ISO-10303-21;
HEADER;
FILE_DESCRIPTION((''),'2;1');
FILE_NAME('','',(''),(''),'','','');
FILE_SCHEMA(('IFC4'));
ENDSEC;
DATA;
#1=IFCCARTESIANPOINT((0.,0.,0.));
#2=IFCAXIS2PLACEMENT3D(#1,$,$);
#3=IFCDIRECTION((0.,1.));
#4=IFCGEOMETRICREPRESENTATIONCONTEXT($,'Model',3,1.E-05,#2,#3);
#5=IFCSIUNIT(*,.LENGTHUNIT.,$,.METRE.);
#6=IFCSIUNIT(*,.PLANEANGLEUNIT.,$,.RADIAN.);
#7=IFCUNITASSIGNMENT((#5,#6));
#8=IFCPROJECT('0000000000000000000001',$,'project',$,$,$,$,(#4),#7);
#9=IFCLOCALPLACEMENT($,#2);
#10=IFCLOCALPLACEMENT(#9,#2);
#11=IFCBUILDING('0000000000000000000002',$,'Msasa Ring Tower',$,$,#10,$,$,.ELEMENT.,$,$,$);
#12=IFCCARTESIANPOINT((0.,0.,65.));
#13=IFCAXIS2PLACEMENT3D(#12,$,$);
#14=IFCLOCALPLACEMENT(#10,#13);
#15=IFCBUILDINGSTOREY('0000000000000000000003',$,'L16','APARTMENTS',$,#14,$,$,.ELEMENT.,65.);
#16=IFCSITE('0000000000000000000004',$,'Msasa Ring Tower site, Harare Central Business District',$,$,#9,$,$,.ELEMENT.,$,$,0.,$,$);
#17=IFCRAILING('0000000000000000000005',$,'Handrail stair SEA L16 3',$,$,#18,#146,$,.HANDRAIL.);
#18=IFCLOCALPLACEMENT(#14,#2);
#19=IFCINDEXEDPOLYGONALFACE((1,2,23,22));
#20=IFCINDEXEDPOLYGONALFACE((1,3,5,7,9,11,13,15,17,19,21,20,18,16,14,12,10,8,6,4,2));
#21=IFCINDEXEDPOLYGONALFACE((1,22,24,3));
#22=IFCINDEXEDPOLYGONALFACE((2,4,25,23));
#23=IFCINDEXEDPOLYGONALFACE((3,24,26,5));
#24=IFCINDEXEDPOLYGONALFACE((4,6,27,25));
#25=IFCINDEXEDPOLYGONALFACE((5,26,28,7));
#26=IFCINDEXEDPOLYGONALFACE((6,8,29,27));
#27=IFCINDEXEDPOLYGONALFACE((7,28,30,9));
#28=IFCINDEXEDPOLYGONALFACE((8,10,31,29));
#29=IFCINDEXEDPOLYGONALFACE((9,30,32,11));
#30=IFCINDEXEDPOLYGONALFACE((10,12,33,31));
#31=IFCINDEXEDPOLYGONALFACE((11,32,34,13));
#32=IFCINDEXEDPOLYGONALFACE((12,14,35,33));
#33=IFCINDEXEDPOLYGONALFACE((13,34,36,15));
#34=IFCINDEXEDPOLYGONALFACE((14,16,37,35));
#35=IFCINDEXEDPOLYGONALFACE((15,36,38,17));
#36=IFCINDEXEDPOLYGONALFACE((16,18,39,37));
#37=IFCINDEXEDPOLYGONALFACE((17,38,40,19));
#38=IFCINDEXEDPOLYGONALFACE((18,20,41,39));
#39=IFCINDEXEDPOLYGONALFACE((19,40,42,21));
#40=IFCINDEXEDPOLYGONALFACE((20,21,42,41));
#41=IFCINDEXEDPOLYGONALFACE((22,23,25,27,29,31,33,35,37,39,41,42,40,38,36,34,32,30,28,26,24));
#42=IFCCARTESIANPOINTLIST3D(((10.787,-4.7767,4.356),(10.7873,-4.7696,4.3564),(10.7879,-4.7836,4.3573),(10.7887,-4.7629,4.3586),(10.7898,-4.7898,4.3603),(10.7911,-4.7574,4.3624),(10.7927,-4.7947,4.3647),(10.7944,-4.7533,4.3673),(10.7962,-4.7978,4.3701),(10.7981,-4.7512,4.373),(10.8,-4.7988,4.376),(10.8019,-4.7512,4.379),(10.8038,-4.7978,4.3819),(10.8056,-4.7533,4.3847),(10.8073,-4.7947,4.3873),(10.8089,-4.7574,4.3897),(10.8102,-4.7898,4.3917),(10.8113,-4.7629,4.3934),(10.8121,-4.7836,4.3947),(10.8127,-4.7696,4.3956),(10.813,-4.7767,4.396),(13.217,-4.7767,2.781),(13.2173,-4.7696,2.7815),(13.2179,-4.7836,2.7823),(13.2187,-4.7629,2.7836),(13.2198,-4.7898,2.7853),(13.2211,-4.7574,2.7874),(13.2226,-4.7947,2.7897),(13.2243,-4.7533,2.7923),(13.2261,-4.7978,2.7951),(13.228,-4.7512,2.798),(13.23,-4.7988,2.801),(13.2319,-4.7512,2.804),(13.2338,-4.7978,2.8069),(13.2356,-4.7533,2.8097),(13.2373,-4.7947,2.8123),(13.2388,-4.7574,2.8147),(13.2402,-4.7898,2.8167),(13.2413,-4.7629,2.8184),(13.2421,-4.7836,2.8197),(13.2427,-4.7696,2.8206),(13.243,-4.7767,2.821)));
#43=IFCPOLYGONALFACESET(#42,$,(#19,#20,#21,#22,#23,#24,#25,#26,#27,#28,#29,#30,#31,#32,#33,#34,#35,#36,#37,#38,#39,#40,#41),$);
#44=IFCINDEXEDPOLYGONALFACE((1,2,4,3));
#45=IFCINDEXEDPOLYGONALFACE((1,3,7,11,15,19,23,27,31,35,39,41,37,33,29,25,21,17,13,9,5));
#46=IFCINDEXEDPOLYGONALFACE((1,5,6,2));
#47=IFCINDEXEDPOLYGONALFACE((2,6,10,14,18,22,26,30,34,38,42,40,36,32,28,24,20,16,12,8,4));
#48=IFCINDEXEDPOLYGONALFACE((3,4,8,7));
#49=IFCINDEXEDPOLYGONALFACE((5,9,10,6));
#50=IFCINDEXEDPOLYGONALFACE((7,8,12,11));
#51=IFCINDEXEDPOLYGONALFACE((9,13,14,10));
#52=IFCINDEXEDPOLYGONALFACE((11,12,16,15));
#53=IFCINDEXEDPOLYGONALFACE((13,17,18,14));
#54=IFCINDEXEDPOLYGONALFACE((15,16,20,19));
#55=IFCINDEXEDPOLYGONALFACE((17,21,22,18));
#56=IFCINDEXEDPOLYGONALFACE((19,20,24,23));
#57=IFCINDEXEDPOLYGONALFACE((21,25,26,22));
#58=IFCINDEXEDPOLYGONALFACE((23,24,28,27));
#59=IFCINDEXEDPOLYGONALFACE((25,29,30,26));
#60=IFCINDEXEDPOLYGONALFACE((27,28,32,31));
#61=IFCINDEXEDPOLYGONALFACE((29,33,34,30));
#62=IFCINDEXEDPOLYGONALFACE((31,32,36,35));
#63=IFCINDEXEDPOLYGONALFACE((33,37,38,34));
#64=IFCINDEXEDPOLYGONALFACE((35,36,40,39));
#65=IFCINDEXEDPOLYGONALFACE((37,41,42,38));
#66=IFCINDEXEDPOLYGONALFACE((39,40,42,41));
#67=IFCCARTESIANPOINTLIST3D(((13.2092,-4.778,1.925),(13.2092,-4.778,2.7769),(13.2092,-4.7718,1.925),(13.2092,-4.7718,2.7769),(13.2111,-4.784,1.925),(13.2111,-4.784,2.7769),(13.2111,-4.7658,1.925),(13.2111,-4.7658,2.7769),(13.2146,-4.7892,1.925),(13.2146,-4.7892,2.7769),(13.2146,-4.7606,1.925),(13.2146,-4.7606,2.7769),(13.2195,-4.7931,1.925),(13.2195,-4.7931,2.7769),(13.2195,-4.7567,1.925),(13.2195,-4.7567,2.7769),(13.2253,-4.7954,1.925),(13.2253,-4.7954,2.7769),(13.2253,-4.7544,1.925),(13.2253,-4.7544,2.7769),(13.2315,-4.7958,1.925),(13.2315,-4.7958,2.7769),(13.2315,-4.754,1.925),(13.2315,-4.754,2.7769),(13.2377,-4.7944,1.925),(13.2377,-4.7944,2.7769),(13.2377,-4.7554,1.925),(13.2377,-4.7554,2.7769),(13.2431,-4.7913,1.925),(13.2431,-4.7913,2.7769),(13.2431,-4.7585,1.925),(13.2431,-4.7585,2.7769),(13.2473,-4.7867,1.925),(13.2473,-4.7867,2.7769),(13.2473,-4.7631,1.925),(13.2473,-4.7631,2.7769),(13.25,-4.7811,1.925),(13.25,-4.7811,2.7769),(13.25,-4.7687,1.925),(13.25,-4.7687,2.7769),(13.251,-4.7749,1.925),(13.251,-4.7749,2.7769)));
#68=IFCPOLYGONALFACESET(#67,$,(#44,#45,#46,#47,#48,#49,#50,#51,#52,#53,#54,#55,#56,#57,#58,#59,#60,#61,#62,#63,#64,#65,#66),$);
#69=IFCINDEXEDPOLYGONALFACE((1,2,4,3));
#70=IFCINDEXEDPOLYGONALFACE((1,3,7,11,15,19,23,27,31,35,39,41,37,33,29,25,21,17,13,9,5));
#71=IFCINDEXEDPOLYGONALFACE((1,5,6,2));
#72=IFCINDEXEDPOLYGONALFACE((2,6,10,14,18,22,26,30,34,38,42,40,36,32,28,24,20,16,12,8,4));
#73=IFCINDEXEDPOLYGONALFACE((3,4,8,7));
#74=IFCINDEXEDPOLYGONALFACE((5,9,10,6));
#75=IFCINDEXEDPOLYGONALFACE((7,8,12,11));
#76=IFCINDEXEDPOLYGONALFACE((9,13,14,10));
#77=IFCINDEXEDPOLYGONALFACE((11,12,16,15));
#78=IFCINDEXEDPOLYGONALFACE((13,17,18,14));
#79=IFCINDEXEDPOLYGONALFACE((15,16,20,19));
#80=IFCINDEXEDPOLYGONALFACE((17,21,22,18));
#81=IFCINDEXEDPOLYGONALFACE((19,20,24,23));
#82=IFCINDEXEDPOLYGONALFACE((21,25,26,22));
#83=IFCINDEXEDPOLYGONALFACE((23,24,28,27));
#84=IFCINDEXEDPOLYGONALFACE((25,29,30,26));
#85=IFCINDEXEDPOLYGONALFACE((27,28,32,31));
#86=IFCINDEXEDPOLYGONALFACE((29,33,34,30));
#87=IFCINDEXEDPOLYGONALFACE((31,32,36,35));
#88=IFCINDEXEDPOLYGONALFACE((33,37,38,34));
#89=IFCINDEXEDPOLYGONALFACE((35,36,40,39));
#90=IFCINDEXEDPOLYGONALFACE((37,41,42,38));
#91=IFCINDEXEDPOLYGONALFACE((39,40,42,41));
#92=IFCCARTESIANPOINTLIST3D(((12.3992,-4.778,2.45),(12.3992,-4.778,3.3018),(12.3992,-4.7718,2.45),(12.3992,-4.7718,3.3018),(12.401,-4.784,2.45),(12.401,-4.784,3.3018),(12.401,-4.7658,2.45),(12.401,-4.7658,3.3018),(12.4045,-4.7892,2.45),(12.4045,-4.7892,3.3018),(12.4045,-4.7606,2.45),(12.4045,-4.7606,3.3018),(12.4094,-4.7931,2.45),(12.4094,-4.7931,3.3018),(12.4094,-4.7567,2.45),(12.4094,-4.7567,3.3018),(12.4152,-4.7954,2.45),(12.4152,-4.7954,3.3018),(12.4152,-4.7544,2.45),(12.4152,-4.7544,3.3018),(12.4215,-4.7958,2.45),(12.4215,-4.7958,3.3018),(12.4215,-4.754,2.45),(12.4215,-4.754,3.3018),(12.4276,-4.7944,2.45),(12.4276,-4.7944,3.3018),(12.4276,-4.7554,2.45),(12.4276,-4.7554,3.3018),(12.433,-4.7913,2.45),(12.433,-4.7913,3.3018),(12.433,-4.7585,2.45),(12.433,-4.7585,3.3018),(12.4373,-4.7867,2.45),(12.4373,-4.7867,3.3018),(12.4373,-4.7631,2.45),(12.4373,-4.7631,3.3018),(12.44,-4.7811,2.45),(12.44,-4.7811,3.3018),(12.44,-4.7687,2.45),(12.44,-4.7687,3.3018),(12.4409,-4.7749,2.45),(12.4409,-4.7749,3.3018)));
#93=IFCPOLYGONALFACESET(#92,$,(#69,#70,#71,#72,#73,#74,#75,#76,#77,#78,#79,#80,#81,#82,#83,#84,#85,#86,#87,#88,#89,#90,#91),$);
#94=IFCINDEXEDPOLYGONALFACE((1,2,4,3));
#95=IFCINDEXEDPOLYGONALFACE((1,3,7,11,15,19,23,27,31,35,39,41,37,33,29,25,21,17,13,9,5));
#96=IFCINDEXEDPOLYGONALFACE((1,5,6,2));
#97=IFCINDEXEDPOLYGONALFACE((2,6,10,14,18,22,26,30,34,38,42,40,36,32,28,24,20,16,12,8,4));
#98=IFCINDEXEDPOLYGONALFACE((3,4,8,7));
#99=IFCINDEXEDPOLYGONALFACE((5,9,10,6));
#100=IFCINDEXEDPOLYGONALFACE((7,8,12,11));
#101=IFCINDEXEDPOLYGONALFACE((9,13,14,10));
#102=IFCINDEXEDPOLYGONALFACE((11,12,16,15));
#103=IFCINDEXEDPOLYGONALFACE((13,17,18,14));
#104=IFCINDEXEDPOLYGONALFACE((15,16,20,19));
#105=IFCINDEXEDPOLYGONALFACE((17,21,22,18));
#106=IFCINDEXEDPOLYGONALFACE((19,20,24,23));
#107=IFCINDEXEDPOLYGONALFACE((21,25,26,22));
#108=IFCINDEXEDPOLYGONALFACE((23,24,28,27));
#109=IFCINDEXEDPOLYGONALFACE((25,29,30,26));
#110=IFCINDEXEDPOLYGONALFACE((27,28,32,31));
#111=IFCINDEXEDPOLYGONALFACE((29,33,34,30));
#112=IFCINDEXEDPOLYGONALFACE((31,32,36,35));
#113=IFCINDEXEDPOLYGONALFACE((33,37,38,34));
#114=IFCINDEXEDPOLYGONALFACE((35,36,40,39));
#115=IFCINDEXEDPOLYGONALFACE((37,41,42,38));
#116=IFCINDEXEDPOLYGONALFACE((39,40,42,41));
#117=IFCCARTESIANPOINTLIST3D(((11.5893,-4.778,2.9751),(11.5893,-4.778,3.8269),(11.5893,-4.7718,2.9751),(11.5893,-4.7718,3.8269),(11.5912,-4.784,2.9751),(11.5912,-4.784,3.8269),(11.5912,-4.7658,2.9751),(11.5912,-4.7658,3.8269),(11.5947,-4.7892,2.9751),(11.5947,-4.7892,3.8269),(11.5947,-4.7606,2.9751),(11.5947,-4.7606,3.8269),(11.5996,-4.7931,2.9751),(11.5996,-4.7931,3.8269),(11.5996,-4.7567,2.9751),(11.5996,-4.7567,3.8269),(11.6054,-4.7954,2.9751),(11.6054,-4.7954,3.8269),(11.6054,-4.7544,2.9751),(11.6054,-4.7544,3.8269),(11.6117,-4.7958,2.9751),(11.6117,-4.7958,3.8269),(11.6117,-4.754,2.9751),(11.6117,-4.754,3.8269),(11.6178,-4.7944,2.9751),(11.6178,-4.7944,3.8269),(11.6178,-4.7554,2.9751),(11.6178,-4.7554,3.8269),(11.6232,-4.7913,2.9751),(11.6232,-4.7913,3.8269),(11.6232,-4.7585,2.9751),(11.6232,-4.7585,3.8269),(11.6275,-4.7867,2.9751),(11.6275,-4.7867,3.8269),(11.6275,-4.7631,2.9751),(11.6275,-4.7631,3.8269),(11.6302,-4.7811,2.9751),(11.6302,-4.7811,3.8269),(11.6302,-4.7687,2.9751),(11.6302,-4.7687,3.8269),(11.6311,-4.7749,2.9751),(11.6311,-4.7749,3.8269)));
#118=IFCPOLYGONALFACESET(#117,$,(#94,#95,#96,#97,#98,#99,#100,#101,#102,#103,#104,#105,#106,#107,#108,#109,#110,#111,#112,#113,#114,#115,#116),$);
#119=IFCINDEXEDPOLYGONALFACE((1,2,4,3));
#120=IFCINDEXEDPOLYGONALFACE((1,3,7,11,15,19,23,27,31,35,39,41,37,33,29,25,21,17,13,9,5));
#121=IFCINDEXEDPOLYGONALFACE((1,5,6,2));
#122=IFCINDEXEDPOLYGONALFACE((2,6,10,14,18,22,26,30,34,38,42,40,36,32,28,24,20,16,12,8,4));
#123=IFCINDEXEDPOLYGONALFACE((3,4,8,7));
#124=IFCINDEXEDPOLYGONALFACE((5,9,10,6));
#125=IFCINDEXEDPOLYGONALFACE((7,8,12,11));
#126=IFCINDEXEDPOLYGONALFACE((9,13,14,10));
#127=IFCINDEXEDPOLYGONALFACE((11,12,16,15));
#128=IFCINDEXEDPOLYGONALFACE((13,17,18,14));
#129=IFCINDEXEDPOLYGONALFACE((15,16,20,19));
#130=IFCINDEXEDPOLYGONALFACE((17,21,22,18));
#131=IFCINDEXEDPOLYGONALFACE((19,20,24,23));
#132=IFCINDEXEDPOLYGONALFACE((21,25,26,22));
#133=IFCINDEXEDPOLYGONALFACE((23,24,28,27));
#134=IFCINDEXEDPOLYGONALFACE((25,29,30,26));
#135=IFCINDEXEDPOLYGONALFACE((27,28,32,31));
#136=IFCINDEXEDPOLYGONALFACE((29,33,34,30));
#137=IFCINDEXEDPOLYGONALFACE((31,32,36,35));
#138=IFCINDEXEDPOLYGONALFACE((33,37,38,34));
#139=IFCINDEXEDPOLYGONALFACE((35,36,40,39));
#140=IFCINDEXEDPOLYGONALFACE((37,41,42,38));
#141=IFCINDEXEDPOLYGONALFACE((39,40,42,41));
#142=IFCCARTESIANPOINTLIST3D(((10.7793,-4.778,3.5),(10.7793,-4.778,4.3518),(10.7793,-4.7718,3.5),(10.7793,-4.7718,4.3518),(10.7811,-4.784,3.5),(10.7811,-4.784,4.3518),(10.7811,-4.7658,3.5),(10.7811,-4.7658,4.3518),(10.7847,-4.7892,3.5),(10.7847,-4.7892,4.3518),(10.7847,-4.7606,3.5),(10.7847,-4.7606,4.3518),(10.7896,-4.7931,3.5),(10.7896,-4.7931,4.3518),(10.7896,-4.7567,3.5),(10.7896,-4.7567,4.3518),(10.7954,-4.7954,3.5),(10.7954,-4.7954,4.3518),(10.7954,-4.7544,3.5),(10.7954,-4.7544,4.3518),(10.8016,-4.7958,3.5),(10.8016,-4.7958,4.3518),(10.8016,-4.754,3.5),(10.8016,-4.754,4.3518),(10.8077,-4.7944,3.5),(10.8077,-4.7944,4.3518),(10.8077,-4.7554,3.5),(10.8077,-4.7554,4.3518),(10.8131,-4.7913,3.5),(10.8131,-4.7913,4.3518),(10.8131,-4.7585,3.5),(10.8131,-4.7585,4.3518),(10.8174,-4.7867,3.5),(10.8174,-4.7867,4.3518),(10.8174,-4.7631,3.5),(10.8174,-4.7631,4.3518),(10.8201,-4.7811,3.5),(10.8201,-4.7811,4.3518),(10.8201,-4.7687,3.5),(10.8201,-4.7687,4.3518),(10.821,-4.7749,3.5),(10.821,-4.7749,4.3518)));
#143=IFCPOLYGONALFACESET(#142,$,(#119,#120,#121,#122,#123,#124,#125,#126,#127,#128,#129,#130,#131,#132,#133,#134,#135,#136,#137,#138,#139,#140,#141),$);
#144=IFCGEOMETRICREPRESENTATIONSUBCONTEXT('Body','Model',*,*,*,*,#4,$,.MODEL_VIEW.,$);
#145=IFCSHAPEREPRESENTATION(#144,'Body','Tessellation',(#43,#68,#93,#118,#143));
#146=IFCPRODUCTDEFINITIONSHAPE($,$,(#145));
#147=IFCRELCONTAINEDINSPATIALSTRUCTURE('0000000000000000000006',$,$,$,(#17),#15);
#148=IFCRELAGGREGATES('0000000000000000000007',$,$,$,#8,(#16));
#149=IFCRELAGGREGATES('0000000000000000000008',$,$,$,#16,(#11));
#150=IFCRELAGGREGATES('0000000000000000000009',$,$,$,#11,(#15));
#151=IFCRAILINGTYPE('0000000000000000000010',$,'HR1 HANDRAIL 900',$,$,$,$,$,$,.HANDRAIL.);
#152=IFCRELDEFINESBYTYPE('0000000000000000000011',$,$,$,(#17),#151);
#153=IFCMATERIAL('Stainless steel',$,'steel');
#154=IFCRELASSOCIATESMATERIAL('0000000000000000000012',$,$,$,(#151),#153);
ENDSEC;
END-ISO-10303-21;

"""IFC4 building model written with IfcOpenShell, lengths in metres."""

from ifc_helpers import new_model, si_unit, direction, frame, origin, origin_2d, place, context, subcontext, project, spatial, circle, extrude, material, type_object, element, save


model = new_model("IFC4")

# Units and contexts
model_context = context("Model", 3, precision=1e-05, world=origin(), true_north=direction((0.0, 1.0)))
body_context = subcontext(model_context, "Body", "Model", "MODEL_VIEW")
ifc_project = project(units=[si_unit("LENGTHUNIT", "METRE"), si_unit("PLANEANGLEUNIT", "RADIAN")], contexts=[model_context])

# Site, building, storey
site_placement = place(None, origin())
site = spatial("IfcSite", under=ifc_project, at=site_placement, Name="Msasa Ring Tower site, Harare Central Business District", CompositionType="ELEMENT", RefElevation=0.0)
building_placement = place(site_placement, origin())
building = spatial("IfcBuilding", under=site, at=building_placement, Name="Msasa Ring Tower", CompositionType="ELEMENT")
storey_placement = place(building_placement, frame((0.0, 0.0, 65.0)))
storey = spatial("IfcBuildingStorey", under=building, at=storey_placement, Name="L16", Description="APARTMENTS", CompositionType="ELEMENT", Elevation=65.0)

# Railing
ifc_material_1 = material(Name="Stainless steel", Category="steel")
railing_type = type_object("IfcRailingType", Name="HR1 HANDRAIL 900", PredefinedType="HANDRAIL", material=ifc_material_1)
railing_placement = place(storey_placement, frame((13.23, -4.7749, 1.925)))
element("IfcRailing", 1, at=railing_placement, inside=storey, type_object=railing_type, Name="Handrail stair SEA L16 3", PredefinedType="HANDRAIL", context=body_context, shape_type="SweptSolid", body=[
    extrude(circle(Radius=0.0239, at=origin_2d()), frame((0.0, 0.0, 0.876), z_axis=(-0.839154, 0.0, 0.543894), x_axis=(0.0, -1.0, 0.0)), (0.0, 0.0, 1.0), 2.8958),
    extrude(circle(Radius=0.021, at=origin_2d()), origin(), (0.0, 0.0, 1.0), 0.8518),
    extrude(circle(Radius=0.021, at=origin_2d()), frame((-0.8101, 0.0, 0.5249)), (0.0, 0.0, 1.0), 0.8518),
    extrude(circle(Radius=0.021, at=origin_2d()), frame((-1.6199, 0.0, 1.05)), (0.0, 0.0, 1.0), 0.8518),
    extrude(circle(Radius=0.021, at=origin_2d()), frame((-2.4299, 0.0, 1.575)), (0.0, 0.0, 1.0), 0.8518),
])

save(model, "model.ifc")
